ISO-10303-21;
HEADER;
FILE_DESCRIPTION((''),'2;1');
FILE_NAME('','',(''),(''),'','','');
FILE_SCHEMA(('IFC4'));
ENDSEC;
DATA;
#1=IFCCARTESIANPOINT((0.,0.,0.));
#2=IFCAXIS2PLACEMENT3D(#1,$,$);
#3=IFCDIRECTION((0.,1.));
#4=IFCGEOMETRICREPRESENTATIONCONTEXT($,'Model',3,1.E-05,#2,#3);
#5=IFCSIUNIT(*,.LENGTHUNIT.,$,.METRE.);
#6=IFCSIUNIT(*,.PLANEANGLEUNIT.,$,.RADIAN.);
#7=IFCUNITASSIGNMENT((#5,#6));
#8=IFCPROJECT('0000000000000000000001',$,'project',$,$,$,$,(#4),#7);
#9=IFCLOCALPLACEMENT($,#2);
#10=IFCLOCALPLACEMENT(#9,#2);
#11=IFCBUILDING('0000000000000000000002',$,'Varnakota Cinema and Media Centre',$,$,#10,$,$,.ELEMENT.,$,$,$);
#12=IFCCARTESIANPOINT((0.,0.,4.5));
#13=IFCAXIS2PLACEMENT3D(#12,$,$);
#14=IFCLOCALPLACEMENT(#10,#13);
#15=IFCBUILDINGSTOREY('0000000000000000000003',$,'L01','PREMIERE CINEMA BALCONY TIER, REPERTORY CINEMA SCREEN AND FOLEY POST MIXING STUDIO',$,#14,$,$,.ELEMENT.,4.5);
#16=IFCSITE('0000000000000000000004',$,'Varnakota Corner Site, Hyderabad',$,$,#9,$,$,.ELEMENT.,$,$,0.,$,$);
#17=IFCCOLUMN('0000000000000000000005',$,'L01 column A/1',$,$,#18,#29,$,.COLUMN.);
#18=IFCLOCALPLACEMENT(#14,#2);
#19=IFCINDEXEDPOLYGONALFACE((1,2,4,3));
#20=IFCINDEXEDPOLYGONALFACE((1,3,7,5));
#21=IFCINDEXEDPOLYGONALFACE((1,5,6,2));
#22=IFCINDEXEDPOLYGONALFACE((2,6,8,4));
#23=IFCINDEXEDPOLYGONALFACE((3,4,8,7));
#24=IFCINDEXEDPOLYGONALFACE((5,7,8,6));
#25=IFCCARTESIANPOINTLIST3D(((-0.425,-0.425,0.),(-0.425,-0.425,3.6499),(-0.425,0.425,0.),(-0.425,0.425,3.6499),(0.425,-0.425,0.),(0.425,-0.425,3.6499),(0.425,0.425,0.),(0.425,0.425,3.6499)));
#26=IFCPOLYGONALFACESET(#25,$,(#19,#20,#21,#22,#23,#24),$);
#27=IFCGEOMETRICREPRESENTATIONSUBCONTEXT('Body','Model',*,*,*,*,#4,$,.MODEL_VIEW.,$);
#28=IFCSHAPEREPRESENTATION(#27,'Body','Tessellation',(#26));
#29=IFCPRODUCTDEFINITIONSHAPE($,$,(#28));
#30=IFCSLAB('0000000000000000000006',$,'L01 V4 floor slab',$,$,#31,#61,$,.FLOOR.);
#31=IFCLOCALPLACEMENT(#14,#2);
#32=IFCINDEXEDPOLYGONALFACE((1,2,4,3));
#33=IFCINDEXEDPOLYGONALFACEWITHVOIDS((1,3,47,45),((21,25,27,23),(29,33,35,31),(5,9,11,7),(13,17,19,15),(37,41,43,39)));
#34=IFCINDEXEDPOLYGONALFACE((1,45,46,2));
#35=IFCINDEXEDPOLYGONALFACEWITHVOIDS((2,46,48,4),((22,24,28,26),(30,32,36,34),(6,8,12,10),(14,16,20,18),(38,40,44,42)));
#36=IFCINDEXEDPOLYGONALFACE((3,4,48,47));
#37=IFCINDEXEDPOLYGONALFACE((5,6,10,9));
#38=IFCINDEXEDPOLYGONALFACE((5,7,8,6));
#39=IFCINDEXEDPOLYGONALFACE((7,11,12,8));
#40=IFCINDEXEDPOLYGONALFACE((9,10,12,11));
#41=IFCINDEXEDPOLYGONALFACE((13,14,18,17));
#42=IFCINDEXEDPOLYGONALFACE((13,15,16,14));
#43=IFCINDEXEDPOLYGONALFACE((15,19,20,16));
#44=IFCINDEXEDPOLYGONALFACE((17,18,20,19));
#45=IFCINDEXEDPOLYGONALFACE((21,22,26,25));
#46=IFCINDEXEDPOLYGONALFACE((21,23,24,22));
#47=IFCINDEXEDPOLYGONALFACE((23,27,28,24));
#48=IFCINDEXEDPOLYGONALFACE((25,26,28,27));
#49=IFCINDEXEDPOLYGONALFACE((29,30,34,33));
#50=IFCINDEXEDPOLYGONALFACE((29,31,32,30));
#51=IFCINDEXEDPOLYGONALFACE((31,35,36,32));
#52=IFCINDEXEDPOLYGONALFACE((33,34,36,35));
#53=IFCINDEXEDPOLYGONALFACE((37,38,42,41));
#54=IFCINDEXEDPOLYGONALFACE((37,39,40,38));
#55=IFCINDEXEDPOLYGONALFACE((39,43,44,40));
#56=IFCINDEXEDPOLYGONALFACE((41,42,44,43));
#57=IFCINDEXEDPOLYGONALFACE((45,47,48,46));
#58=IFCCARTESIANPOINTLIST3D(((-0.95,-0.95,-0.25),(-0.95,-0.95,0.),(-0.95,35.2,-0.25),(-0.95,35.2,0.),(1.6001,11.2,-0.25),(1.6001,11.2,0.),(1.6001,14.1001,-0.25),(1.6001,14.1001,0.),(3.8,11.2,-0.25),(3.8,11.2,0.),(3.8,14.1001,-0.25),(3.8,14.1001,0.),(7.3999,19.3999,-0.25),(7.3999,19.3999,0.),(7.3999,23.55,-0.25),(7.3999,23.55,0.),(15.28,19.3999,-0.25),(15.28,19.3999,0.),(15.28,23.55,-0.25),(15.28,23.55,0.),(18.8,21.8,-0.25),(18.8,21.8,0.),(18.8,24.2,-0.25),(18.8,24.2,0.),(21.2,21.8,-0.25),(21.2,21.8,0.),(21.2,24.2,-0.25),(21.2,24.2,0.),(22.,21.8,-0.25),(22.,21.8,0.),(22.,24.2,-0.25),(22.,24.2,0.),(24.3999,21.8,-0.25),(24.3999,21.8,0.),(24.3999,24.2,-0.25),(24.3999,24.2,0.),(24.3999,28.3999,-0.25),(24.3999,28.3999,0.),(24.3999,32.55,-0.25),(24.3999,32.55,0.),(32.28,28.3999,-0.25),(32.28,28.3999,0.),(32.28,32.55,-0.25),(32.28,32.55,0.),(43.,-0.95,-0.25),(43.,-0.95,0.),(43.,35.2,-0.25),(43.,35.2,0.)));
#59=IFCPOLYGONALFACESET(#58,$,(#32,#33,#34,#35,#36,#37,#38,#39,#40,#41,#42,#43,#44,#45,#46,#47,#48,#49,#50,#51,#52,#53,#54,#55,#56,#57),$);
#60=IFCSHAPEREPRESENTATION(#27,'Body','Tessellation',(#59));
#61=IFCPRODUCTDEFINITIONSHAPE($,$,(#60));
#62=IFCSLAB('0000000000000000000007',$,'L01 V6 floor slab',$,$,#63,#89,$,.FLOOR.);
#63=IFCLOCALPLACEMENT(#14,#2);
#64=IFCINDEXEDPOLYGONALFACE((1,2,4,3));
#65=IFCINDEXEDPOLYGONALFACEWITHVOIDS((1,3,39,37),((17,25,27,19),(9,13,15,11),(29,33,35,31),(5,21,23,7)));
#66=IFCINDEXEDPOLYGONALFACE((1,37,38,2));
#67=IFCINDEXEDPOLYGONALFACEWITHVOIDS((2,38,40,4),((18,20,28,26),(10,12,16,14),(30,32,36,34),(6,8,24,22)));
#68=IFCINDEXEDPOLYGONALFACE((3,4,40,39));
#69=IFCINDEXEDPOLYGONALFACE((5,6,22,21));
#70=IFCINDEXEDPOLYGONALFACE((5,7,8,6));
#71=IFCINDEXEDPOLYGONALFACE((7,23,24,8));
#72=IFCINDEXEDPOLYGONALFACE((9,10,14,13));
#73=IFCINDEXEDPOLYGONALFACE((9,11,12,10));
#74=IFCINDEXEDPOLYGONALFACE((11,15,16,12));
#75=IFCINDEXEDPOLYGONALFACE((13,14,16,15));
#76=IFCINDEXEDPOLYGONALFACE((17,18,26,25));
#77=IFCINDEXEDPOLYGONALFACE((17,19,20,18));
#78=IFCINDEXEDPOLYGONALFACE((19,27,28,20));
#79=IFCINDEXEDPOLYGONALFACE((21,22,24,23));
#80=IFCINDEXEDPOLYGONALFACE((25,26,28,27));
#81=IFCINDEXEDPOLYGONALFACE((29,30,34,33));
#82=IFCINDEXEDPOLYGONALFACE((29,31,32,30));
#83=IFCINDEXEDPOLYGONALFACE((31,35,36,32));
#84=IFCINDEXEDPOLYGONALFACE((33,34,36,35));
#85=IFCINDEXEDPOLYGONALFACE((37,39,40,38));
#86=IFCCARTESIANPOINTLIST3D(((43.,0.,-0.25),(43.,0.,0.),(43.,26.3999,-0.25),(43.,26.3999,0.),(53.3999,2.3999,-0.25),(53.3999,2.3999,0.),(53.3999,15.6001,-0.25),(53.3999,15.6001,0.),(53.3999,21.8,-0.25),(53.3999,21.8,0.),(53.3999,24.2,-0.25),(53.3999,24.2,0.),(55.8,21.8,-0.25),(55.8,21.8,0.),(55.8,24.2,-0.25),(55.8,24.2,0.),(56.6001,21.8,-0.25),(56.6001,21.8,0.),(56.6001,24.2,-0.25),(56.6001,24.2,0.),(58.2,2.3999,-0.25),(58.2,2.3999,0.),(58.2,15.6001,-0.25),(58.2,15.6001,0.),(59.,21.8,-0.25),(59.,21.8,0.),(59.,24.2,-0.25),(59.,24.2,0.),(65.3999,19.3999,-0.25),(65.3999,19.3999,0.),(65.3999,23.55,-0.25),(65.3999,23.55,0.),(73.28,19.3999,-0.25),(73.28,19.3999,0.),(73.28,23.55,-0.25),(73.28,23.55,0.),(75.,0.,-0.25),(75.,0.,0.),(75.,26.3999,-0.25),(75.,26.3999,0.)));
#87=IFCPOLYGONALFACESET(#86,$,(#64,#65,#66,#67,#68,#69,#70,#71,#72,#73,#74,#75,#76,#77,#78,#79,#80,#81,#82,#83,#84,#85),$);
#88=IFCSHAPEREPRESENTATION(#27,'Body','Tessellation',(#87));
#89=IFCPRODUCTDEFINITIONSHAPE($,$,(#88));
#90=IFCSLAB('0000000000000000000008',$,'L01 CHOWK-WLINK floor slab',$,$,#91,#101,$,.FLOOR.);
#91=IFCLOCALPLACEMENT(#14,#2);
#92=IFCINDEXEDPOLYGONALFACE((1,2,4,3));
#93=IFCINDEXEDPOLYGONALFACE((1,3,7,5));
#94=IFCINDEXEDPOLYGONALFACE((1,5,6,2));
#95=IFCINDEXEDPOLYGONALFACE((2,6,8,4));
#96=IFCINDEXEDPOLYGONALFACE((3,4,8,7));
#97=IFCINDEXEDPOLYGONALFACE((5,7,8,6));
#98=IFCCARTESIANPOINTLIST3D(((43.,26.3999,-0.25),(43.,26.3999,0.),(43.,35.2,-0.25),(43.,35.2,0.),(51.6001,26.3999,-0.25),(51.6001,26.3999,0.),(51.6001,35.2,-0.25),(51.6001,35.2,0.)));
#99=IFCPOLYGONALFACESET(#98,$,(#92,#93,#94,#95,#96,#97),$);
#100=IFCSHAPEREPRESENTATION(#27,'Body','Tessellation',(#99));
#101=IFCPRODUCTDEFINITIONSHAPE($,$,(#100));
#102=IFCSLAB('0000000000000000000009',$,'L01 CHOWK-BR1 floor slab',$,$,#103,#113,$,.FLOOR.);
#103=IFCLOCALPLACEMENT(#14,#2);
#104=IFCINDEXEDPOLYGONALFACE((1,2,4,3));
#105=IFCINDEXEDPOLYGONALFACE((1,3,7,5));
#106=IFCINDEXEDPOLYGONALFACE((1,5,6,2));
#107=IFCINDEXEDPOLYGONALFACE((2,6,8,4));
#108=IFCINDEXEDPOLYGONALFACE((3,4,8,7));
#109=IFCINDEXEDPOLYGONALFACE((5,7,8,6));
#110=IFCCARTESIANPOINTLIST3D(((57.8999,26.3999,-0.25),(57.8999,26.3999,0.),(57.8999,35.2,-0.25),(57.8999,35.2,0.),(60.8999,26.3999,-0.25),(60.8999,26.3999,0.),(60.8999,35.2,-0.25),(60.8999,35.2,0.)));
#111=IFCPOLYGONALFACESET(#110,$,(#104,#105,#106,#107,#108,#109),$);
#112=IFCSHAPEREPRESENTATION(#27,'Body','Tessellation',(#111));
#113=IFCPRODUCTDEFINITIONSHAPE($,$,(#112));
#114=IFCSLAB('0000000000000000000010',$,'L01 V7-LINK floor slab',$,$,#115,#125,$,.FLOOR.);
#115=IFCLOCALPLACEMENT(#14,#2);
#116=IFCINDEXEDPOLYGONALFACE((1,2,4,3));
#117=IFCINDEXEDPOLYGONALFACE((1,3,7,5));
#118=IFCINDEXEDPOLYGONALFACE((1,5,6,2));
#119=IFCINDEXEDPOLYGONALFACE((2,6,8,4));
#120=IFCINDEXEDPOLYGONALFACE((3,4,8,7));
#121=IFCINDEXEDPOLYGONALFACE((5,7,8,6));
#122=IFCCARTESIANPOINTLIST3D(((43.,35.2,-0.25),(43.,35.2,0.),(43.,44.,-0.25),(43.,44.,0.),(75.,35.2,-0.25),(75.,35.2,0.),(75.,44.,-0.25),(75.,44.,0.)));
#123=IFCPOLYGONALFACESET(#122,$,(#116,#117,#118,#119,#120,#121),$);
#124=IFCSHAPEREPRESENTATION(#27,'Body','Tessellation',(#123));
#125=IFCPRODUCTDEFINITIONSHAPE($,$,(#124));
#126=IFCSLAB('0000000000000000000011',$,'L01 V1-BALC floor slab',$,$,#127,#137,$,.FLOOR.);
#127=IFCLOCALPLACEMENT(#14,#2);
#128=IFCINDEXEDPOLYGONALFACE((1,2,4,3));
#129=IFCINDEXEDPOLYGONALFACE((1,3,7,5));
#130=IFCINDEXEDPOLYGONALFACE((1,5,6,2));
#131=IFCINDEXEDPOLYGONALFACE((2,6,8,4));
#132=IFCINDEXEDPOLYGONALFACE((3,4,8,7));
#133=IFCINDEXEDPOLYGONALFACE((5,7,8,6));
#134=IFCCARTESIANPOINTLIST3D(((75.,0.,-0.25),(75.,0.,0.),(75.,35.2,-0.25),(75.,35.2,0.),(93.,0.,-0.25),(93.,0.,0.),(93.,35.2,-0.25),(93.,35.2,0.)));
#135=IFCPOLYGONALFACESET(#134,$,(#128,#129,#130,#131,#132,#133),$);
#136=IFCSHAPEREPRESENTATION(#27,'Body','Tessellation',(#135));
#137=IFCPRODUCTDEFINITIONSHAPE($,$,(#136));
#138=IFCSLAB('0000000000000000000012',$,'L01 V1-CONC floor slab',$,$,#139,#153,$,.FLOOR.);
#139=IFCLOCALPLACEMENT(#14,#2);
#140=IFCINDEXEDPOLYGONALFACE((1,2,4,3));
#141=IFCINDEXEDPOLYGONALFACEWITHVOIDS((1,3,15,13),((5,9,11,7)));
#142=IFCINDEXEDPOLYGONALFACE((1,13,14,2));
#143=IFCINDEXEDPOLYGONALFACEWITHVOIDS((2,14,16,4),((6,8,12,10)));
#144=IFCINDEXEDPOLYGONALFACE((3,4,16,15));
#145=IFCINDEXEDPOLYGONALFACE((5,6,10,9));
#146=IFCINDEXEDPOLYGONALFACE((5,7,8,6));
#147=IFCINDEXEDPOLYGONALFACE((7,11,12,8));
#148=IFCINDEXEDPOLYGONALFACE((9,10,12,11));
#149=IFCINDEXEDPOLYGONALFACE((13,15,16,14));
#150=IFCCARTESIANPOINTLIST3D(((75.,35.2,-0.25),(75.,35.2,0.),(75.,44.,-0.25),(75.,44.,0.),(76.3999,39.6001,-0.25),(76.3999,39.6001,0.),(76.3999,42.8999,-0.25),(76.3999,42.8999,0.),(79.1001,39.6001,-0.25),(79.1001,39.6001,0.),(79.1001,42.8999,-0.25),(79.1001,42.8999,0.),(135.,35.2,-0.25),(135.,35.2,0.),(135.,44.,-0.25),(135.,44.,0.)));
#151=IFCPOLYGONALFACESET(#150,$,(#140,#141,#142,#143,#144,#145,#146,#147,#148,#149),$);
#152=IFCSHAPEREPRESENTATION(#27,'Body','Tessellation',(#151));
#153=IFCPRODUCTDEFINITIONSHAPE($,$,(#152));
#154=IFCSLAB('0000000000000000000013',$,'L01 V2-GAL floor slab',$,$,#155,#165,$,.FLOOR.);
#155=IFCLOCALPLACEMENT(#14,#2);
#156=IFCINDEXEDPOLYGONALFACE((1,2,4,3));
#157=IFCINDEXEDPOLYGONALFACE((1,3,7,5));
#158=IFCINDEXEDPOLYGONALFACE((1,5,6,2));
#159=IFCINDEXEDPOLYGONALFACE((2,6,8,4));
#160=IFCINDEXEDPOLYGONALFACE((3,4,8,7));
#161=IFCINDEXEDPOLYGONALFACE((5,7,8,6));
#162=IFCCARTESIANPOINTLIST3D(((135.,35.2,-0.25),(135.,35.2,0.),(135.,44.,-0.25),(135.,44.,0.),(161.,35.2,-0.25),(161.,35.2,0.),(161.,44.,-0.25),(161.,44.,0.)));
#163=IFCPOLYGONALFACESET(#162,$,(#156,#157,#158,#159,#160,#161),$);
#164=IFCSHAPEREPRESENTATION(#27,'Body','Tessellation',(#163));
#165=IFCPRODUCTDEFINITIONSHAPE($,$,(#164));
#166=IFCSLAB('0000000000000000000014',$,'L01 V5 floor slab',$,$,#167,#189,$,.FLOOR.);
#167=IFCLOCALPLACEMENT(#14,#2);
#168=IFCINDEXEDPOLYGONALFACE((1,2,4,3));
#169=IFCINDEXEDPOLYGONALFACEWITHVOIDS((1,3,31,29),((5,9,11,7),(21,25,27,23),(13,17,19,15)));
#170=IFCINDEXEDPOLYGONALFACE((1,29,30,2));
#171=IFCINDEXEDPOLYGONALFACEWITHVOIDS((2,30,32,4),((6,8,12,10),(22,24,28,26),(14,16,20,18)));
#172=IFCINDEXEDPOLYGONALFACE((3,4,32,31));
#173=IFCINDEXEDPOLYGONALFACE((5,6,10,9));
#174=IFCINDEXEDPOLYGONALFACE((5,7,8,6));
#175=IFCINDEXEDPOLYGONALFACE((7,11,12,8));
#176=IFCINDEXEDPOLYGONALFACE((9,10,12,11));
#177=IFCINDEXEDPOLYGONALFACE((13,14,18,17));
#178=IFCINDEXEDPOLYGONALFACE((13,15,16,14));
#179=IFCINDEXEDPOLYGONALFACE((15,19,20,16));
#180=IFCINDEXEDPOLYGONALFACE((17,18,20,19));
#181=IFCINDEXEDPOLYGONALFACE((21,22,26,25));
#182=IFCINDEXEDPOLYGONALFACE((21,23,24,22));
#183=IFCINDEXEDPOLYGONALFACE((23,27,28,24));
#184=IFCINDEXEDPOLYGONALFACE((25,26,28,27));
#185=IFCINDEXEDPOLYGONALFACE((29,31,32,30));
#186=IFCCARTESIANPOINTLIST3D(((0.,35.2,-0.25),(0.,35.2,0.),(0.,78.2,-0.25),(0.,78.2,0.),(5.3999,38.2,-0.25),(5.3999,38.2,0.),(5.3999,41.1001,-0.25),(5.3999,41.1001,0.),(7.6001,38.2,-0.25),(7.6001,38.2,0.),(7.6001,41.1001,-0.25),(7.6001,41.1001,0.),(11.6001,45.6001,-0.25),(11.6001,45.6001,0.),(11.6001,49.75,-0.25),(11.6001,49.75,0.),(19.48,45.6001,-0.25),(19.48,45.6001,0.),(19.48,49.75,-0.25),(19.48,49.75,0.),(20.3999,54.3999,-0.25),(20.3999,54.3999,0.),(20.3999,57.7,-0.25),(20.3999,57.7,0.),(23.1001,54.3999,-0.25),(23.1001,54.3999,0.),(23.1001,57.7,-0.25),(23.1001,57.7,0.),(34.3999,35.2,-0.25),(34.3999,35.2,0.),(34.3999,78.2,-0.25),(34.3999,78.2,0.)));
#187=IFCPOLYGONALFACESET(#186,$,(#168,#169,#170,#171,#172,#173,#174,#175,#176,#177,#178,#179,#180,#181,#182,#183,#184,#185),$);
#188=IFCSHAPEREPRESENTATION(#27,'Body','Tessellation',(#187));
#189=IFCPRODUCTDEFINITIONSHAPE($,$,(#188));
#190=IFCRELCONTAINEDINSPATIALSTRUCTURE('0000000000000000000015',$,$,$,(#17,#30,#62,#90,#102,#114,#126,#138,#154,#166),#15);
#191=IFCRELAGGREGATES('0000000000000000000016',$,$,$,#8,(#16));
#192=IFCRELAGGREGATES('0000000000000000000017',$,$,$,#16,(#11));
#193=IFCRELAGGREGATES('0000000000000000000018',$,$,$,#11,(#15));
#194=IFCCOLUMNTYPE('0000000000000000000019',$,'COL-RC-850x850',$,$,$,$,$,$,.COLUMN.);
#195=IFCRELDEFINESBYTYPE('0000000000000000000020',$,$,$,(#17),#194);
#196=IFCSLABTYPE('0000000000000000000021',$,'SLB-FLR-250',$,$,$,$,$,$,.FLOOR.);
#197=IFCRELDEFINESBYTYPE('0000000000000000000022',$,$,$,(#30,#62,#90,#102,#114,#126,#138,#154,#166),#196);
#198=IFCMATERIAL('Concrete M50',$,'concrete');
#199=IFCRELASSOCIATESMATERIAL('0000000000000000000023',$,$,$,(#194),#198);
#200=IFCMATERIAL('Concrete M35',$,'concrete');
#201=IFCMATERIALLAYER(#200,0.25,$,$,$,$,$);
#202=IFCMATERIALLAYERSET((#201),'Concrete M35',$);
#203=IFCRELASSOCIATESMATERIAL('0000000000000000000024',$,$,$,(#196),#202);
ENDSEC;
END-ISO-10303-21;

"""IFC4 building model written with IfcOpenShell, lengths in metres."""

from ifc_helpers import new_model, si_unit, direction, frame, origin, origin_with_axes, origin_2d, place, context, subcontext, project, spatial, polyline, rectangle, outline, extrude, material, layer, layer_set, material_profile, profile_set, type_object, element, save


model = new_model("IFC4")

# Units and contexts
model_context = context("Model", 3, precision=1e-05, world=origin(), true_north=direction((0.0, 1.0)))
body_context = subcontext(model_context, "Body", "Model", "MODEL_VIEW")
ifc_project = project(units=[si_unit("LENGTHUNIT", "METRE"), si_unit("PLANEANGLEUNIT", "RADIAN")], contexts=[model_context])

# Site, building, storey
site_placement = place(None, origin())
site = spatial("IfcSite", under=ifc_project, at=site_placement, Name="Varnakota Corner Site, Hyderabad", CompositionType="ELEMENT", RefElevation=0.0)
building_placement = place(site_placement, origin())
building = spatial("IfcBuilding", under=site, at=building_placement, Name="Varnakota Cinema and Media Centre", CompositionType="ELEMENT")
storey_placement = place(building_placement, frame((0.0, 0.0, 4.5)))
storey = spatial("IfcBuildingStorey", under=building, at=storey_placement, Name="L01", Description="PREMIERE CINEMA BALCONY TIER, REPERTORY CINEMA SCREEN AND FOLEY POST MIXING STUDIO", CompositionType="ELEMENT", Elevation=4.5)

# Column
ifc_material_1 = material(Name="Concrete M50", Category="concrete")
ifc_material_profile = material_profile(ifc_material_1, rectangle(XDim=0.8501, YDim=0.8501, at=origin_2d()), Name="RC 850x850")
ifc_profile_set = profile_set([ifc_material_profile], Name="Concrete M50")
column_type = type_object("IfcColumnType", Name="COL-RC-850x850", PredefinedType="COLUMN", material=ifc_profile_set)
column_placement = place(storey_placement, origin_with_axes())
element("IfcColumn", 1, at=column_placement, inside=storey, type_object=column_type, Name="L01 column A/1", PredefinedType="COLUMN", context=body_context, shape_type="SweptSolid", body=[
    extrude(rectangle(XDim=0.8501, YDim=0.8501, at=origin_2d()), origin(), (0.0, 0.0, 1.0), 3.6499),
])

# Slabs
ifc_material_2 = material(Name="Concrete M35", Category="concrete")
ifc_layer_1 = layer(ifc_material_2, 0.25)
ifc_layer_set_1 = layer_set([ifc_layer_1], Name="Concrete M35")
slab_type_1 = type_object("IfcSlabType", Name="SLB-FLR-250", PredefinedType="FLOOR", material=ifc_layer_set_1)
slab_1_placement = place(storey_placement, frame((0.0, 0.0, -0.25)))
element("IfcSlab", 2, at=slab_1_placement, inside=storey, type_object=slab_type_1, Name="L01 V4 floor slab", PredefinedType="FLOOR", context=body_context, shape_type="SweptSolid", body=[
    extrude(outline(polyline([(-0.95, -0.95), (43.0, -0.95), (43.0, 35.2), (-0.95, 35.2), (-0.95, -0.95)]), holes=[polyline([(7.3999, 19.3999), (15.28, 19.3999), (15.28, 23.55), (7.3999, 23.55), (7.3999, 19.3999)]), polyline([(24.3999, 28.3999), (32.28, 28.3999), (32.28, 32.55), (24.3999, 32.55), (24.3999, 28.3999)]), polyline([(1.6001, 11.2), (3.8, 11.2), (3.8, 14.1001), (1.6001, 14.1001), (1.6001, 11.2)]), polyline([(18.8, 21.8), (21.2, 21.8), (21.2, 24.2), (18.8, 24.2), (18.8, 21.8)]), polyline([(22.0, 21.8), (24.3999, 21.8), (24.3999, 24.2), (22.0, 24.2), (22.0, 21.8)])]), origin(), (0.0, 0.0, 1.0), 0.25),
])
slab_2_placement = place(storey_placement, frame((0.0, 0.0, -0.25)))
element("IfcSlab", 3, at=slab_2_placement, inside=storey, type_object=slab_type_1, Name="L01 V6 floor slab", PredefinedType="FLOOR", context=body_context, shape_type="SweptSolid", body=[
    extrude(outline(polyline([(43.0, 0.0), (75.0, 0.0), (75.0, 26.3999), (43.0, 26.3999), (43.0, 0.0)]), holes=[polyline([(53.3999, 2.3999), (58.2, 2.3999), (58.2, 15.6001), (53.3999, 15.6001), (53.3999, 2.3999)]), polyline([(65.3999, 19.3999), (73.28, 19.3999), (73.28, 23.55), (65.3999, 23.55), (65.3999, 19.3999)]), polyline([(53.3999, 21.8), (55.8, 21.8), (55.8, 24.2), (53.3999, 24.2), (53.3999, 21.8)]), polyline([(56.6001, 21.8), (59.0, 21.8), (59.0, 24.2), (56.6001, 24.2), (56.6001, 21.8)])]), origin(), (0.0, 0.0, 1.0), 0.25),
])
slab_3_placement = place(storey_placement, frame((0.0, 0.0, -0.25)))
element("IfcSlab", 4, at=slab_3_placement, inside=storey, type_object=slab_type_1, Name="L01 CHOWK-WLINK floor slab", PredefinedType="FLOOR", context=body_context, shape_type="SweptSolid", body=[
    extrude(outline(polyline([(43.0, 26.3999), (51.6001, 26.3999), (51.6001, 35.2), (43.0, 35.2), (43.0, 26.3999)])), origin(), (0.0, 0.0, 1.0), 0.25),
])
slab_4_placement = place(storey_placement, frame((0.0, 0.0, -0.25)))
element("IfcSlab", 5, at=slab_4_placement, inside=storey, type_object=slab_type_1, Name="L01 CHOWK-BR1 floor slab", PredefinedType="FLOOR", context=body_context, shape_type="SweptSolid", body=[
    extrude(outline(polyline([(57.8999, 26.3999), (60.8999, 26.3999), (60.8999, 35.2), (57.8999, 35.2), (57.8999, 26.3999)])), origin(), (0.0, 0.0, 1.0), 0.25),
])
slab_5_placement = place(storey_placement, frame((0.0, 0.0, -0.25)))
element("IfcSlab", 6, at=slab_5_placement, inside=storey, type_object=slab_type_1, Name="L01 V7-LINK floor slab", PredefinedType="FLOOR", context=body_context, shape_type="SweptSolid", body=[
    extrude(outline(polyline([(43.0, 35.2), (75.0, 35.2), (75.0, 44.0), (43.0, 44.0), (43.0, 35.2)])), origin(), (0.0, 0.0, 1.0), 0.25),
])
slab_6_placement = place(storey_placement, frame((0.0, 0.0, -0.25)))
element("IfcSlab", 7, at=slab_6_placement, inside=storey, type_object=slab_type_1, Name="L01 V1-BALC floor slab", PredefinedType="FLOOR", context=body_context, shape_type="SweptSolid", body=[
    extrude(outline(polyline([(75.0, 0.0), (93.0, 0.0), (93.0, 35.2), (75.0, 35.2), (75.0, 0.0)])), origin(), (0.0, 0.0, 1.0), 0.25),
])
slab_7_placement = place(storey_placement, frame((0.0, 0.0, -0.25)))
element("IfcSlab", 8, at=slab_7_placement, inside=storey, type_object=slab_type_1, Name="L01 V1-CONC floor slab", PredefinedType="FLOOR", context=body_context, shape_type="SweptSolid", body=[
    extrude(outline(polyline([(75.0, 35.2), (135.0, 35.2), (135.0, 44.0), (75.0, 44.0), (75.0, 35.2)]), holes=[polyline([(76.3999, 39.6001), (79.1001, 39.6001), (79.1001, 42.8999), (76.3999, 42.8999), (76.3999, 39.6001)])]), origin(), (0.0, 0.0, 1.0), 0.25),
])
slab_8_placement = place(storey_placement, frame((0.0, 0.0, -0.25)))
element("IfcSlab", 9, at=slab_8_placement, inside=storey, type_object=slab_type_1, Name="L01 V2-GAL floor slab", PredefinedType="FLOOR", context=body_context, shape_type="SweptSolid", body=[
    extrude(outline(polyline([(135.0, 35.2), (161.0, 35.2), (161.0, 44.0), (135.0, 44.0), (135.0, 35.2)])), origin(), (0.0, 0.0, 1.0), 0.25),
])
slab_9_placement = place(storey_placement, frame((0.0, 0.0, -0.25)))
element("IfcSlab", 10, at=slab_9_placement, inside=storey, type_object=slab_type_1, Name="L01 V5 floor slab", PredefinedType="FLOOR", context=body_context, shape_type="SweptSolid", body=[
    extrude(outline(polyline([(0.0, 35.2), (34.3999, 35.2), (34.3999, 78.2), (0.0, 78.2), (0.0, 35.2)]), holes=[polyline([(11.6001, 45.6001), (19.48, 45.6001), (19.48, 49.75), (11.6001, 49.75), (11.6001, 45.6001)]), polyline([(5.3999, 38.2), (7.6001, 38.2), (7.6001, 41.1001), (5.3999, 41.1001), (5.3999, 38.2)]), polyline([(20.3999, 54.3999), (23.1001, 54.3999), (23.1001, 57.7), (20.3999, 57.7), (20.3999, 54.3999)])]), origin(), (0.0, 0.0, 1.0), 0.25),
])

save(model, "model.ifc")
